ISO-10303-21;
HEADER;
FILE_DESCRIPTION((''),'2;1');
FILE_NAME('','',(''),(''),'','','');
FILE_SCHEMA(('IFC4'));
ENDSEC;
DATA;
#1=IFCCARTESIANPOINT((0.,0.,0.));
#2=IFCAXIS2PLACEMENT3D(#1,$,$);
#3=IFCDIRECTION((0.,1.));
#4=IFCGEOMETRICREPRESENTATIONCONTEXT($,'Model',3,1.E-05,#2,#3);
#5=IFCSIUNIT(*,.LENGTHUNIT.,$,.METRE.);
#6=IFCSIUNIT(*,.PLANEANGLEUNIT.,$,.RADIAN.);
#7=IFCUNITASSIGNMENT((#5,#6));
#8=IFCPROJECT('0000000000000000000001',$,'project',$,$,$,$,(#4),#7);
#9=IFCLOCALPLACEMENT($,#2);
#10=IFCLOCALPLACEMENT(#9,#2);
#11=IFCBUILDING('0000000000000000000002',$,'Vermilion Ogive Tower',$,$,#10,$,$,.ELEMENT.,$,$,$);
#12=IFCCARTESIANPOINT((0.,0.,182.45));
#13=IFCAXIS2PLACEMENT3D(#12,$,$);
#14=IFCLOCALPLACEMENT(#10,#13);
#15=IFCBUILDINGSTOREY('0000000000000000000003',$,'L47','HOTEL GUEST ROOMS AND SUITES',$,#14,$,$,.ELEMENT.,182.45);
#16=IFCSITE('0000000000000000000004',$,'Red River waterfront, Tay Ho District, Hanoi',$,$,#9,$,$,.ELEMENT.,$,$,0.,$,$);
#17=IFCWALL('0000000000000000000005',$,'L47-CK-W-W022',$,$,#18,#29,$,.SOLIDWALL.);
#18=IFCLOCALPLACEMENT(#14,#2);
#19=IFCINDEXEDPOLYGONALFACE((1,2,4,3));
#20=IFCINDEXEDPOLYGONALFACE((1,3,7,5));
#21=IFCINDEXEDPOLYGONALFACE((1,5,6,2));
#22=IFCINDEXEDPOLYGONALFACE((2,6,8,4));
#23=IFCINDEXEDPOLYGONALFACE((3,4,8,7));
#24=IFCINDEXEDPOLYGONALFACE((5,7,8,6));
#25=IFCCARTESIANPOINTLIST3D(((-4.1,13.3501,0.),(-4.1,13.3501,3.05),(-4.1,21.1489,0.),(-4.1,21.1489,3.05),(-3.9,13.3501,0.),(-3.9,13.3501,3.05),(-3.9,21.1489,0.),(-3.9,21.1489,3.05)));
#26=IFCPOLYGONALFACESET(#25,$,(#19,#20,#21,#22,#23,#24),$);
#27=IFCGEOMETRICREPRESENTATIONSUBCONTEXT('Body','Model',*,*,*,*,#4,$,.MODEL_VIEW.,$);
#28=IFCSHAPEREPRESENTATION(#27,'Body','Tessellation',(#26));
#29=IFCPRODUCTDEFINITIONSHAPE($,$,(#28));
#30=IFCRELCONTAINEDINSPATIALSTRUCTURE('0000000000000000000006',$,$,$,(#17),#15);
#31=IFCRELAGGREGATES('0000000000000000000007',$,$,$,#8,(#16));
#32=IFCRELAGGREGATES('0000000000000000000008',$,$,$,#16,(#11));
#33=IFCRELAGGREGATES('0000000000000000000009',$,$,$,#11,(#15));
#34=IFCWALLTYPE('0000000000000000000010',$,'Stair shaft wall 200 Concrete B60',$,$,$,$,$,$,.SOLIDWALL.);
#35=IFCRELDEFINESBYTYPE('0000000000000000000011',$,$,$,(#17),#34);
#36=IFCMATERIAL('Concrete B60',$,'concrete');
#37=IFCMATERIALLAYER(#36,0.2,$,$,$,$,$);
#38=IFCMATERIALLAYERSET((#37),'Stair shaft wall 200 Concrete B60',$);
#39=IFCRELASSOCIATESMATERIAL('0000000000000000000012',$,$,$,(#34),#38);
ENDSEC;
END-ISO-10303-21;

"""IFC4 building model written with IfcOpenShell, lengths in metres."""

from ifc_helpers import new_model, si_unit, direction, frame, frame_2d, origin, place, context, subcontext, project, spatial, rectangle, extrude, material, layer, layer_set, type_object, element, save


model = new_model("IFC4")

# Units and contexts
model_context = context("Model", 3, precision=1e-05, world=origin(), true_north=direction((0.0, 1.0)))
body_context = subcontext(model_context, "Body", "Model", "MODEL_VIEW")
ifc_project = project(units=[si_unit("LENGTHUNIT", "METRE"), si_unit("PLANEANGLEUNIT", "RADIAN")], contexts=[model_context])

# Site, building, storey
site_placement = place(None, origin())
site = spatial("IfcSite", under=ifc_project, at=site_placement, Name="Red River waterfront, Tay Ho District, Hanoi", CompositionType="ELEMENT", RefElevation=0.0)
building_placement = place(site_placement, origin())
building = spatial("IfcBuilding", under=site, at=building_placement, Name="Vermilion Ogive Tower", CompositionType="ELEMENT")
storey_placement = place(building_placement, frame((0.0, 0.0, 182.45)))
storey = spatial("IfcBuildingStorey", under=building, at=storey_placement, Name="L47", Description="HOTEL GUEST ROOMS AND SUITES", CompositionType="ELEMENT", Elevation=182.45)

# Shared definitions
ifc_material_1 = material(Name="Concrete B60", Category="concrete")
ifc_layer_1 = layer(ifc_material_1, 0.2)
ifc_layer_set_1 = layer_set([ifc_layer_1], Name="Stair shaft wall 200 Concrete B60")
wall_type_1 = type_object("IfcWallType", Name="Stair shaft wall 200 Concrete B60", PredefinedType="SOLIDWALL", material=ifc_layer_set_1)

# Wall
wall_1_placement = place(storey_placement, frame((-4.0, 13.3501, 0.0), z_axis=(0.0, 0.0, 1.0), x_axis=(0.0, 1.0, 0.0)))
element("IfcWall", 1, at=wall_1_placement, inside=storey, type_object=wall_type_1, Name="L47-CK-W-W022", PredefinedType="SOLIDWALL", context=body_context, shape_type="SweptSolid", body=[
    extrude(rectangle(XDim=7.7988, YDim=0.2, at=frame_2d((3.8994, 0.0))), origin(), (0.0, 0.0, 1.0), 3.05),
])

save(model, "model.ifc")
